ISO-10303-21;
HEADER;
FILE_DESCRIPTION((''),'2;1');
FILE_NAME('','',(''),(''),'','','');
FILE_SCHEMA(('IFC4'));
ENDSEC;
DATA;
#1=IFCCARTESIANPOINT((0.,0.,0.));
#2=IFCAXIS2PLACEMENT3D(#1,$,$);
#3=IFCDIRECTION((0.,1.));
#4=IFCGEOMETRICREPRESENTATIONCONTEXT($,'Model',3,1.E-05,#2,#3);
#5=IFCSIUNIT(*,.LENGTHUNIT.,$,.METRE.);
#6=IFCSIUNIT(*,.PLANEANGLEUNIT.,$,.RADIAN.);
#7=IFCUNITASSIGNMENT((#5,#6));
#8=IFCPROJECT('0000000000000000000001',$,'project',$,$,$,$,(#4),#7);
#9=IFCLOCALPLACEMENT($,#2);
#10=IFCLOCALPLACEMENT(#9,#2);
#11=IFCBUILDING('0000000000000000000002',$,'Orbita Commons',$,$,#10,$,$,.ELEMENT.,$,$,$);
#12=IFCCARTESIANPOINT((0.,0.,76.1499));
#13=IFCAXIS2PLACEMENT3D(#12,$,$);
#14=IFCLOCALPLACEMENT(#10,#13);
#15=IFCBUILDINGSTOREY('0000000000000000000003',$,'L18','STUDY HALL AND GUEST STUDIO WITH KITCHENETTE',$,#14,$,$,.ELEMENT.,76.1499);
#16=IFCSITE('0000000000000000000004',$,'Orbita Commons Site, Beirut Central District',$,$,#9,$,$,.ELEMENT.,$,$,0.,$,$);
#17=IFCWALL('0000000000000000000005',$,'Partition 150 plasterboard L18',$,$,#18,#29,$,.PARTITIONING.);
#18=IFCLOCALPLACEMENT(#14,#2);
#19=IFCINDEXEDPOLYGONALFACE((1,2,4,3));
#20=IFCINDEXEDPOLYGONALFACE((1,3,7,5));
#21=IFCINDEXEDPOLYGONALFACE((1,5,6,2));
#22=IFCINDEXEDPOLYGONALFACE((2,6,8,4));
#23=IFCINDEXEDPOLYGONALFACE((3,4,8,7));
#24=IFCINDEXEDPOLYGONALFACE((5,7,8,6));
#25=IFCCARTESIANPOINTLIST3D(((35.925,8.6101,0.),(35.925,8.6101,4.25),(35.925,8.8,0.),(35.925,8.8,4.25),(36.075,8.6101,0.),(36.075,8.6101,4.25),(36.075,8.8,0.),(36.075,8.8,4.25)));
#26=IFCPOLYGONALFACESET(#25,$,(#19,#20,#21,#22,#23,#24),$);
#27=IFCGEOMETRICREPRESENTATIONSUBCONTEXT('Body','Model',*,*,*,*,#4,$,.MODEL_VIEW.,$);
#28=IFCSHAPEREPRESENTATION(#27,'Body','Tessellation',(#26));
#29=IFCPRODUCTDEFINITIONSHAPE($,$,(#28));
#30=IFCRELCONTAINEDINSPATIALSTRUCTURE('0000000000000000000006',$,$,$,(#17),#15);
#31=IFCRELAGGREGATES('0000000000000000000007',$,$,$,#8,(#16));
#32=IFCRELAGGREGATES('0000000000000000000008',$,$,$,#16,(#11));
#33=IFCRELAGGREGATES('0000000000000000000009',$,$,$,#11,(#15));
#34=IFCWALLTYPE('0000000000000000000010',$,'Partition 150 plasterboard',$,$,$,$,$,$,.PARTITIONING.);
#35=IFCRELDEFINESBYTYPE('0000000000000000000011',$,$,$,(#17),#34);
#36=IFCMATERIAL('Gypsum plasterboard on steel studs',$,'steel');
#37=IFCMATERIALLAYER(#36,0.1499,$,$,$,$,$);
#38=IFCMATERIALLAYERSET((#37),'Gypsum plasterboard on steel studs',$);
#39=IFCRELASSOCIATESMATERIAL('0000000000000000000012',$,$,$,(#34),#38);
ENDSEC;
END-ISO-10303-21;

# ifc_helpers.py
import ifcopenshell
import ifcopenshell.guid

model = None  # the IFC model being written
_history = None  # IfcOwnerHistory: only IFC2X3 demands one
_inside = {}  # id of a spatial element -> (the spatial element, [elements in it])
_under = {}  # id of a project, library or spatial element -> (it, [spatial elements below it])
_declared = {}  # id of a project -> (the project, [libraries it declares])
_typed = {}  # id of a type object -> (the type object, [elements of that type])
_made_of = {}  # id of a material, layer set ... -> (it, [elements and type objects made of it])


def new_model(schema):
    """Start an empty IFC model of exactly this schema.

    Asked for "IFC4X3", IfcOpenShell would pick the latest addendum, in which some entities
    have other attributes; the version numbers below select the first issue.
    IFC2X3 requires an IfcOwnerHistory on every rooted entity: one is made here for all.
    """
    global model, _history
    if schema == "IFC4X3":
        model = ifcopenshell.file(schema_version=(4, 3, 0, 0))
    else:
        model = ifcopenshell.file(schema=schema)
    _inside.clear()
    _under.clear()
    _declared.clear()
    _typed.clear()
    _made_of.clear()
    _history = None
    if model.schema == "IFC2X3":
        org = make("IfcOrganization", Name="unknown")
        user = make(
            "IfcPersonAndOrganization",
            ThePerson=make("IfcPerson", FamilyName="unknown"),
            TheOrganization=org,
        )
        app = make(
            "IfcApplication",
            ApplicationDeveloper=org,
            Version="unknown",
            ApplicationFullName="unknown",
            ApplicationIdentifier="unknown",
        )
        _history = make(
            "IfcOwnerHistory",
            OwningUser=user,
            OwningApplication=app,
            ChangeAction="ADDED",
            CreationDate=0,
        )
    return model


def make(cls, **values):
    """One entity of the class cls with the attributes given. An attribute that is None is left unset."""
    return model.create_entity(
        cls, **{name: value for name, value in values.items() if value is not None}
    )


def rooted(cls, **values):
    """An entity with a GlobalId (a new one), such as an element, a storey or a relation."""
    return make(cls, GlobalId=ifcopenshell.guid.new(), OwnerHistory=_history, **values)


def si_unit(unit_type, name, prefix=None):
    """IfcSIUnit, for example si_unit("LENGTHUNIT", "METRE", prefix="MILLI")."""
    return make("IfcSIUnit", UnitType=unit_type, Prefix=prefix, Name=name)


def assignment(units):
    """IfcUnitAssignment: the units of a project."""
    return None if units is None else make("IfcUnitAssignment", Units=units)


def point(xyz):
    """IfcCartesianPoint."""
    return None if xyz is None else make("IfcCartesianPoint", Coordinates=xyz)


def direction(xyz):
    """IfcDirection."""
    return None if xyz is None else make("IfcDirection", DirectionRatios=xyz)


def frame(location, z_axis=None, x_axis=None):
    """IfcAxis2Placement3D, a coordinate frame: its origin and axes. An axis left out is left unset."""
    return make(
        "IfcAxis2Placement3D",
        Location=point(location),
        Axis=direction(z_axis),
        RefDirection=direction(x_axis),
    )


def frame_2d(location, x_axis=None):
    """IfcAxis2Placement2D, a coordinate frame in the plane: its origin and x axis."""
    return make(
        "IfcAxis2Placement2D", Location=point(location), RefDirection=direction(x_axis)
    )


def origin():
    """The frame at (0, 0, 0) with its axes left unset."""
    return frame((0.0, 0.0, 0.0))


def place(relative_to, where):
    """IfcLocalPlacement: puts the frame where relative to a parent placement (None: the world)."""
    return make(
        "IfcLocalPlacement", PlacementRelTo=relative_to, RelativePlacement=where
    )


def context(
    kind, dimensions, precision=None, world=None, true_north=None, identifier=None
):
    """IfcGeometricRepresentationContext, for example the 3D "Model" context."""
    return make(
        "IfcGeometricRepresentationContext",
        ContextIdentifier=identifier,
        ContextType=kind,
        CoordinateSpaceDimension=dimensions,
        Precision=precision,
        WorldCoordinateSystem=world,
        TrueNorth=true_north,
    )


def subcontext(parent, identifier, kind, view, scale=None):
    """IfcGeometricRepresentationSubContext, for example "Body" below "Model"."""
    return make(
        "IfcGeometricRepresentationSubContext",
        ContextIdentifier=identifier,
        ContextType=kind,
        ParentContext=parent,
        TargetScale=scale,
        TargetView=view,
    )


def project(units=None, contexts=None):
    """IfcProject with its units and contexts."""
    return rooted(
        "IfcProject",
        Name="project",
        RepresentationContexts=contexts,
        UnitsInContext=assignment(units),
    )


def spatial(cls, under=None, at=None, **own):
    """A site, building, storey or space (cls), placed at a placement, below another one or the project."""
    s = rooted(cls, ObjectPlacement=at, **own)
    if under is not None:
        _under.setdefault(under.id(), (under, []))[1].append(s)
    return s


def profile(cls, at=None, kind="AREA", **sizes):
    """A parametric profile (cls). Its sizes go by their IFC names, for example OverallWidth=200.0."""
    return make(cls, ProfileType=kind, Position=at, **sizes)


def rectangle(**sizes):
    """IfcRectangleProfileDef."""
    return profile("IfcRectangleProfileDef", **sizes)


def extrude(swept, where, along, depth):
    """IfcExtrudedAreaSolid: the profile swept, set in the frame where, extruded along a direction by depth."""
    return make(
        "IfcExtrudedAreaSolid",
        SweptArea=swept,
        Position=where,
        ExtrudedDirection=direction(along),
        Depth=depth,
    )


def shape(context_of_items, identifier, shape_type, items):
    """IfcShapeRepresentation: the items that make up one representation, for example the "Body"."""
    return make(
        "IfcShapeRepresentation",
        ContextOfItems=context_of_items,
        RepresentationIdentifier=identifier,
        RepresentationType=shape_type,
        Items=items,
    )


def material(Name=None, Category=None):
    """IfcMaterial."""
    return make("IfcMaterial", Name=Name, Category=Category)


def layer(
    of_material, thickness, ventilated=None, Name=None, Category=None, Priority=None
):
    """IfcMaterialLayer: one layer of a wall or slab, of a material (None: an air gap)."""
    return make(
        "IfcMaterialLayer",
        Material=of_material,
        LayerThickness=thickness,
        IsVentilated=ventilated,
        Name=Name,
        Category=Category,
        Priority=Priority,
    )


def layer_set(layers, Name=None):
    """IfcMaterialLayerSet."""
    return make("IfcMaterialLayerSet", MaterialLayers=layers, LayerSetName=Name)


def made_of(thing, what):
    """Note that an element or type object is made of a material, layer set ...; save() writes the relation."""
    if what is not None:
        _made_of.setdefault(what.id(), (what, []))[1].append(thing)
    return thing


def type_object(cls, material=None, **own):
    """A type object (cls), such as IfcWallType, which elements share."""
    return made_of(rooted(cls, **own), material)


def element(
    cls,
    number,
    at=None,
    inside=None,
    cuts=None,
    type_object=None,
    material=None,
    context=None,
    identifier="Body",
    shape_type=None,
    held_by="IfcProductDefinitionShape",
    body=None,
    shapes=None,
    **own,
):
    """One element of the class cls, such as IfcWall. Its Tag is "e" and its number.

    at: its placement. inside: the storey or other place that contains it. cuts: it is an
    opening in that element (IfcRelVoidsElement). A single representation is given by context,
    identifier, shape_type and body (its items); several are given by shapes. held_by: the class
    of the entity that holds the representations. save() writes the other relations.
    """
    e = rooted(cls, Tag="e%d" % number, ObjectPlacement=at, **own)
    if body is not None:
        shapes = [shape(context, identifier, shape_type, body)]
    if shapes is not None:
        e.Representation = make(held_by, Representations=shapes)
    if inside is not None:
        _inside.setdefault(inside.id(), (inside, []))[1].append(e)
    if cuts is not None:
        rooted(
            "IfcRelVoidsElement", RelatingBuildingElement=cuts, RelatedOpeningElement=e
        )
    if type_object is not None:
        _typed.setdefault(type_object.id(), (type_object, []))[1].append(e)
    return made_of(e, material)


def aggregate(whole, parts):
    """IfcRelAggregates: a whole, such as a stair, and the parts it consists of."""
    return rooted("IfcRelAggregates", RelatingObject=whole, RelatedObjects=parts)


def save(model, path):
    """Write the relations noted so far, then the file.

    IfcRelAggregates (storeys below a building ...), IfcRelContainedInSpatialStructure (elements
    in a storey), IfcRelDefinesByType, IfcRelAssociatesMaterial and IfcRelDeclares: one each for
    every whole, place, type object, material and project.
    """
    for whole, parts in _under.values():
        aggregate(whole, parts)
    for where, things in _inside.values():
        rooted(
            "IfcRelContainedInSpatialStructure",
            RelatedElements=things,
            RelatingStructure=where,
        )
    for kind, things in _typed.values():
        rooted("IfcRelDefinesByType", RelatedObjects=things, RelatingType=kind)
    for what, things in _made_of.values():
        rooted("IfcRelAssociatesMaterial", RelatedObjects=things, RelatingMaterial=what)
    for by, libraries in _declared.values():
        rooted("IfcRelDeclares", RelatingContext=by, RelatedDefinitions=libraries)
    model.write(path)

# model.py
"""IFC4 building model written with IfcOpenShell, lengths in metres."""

from ifc_helpers import new_model, si_unit, direction, frame, frame_2d, origin, place, context, subcontext, project, spatial, rectangle, extrude, material, layer, layer_set, type_object, element, save


model = new_model("IFC4")

# Units and contexts
model_context = context("Model", 3, precision=1e-05, world=origin(), true_north=direction((0.0, 1.0)))
body_context = subcontext(model_context, "Body", "Model", "MODEL_VIEW")
ifc_project = project(units=[si_unit("LENGTHUNIT", "METRE"), si_unit("PLANEANGLEUNIT", "RADIAN")], contexts=[model_context])

# Site, building, storey
site_placement = place(None, origin())
site = spatial("IfcSite", under=ifc_project, at=site_placement, Name="Orbita Commons Site, Beirut Central District", CompositionType="ELEMENT", RefElevation=0.0)
building_placement = place(site_placement, origin())
building = spatial("IfcBuilding", under=site, at=building_placement, Name="Orbita Commons", CompositionType="ELEMENT")
storey_placement = place(building_placement, frame((0.0, 0.0, 76.1499)))
storey = spatial("IfcBuildingStorey", under=building, at=storey_placement, Name="L18", Description="STUDY HALL AND GUEST STUDIO WITH KITCHENETTE", CompositionType="ELEMENT", Elevation=76.1499)

# Wall
ifc_material_1 = material(Name="Gypsum plasterboard on steel studs", Category="steel")
ifc_layer_1 = layer(ifc_material_1, 0.1499)
ifc_layer_set_1 = layer_set([ifc_layer_1], Name="Gypsum plasterboard on steel studs")
wall_type_1 = type_object("IfcWallType", Name="Partition 150 plasterboard", PredefinedType="PARTITIONING", material=ifc_layer_set_1)
for number, where, z_axis, x_axis, name in (
    (1, (36.0, 8.8, 0.0), (0.0, 0.0, 1.0), (0.0, -1.0, 0.0), "Partition 150 plasterboard L18"),
):
    element("IfcWall", number, at=place(storey_placement, frame(where, z_axis=z_axis, x_axis=x_axis)), inside=storey, type_object=wall_type_1, Name=name, PredefinedType="PARTITIONING", context=body_context, shape_type="SweptSolid", body=[
        extrude(rectangle(XDim=0.1899, YDim=0.1499, at=frame_2d((0.095, 0.0))), origin(), (0.0, 0.0, 1.0), 4.25),
    ])

save(model, "model.ifc")
